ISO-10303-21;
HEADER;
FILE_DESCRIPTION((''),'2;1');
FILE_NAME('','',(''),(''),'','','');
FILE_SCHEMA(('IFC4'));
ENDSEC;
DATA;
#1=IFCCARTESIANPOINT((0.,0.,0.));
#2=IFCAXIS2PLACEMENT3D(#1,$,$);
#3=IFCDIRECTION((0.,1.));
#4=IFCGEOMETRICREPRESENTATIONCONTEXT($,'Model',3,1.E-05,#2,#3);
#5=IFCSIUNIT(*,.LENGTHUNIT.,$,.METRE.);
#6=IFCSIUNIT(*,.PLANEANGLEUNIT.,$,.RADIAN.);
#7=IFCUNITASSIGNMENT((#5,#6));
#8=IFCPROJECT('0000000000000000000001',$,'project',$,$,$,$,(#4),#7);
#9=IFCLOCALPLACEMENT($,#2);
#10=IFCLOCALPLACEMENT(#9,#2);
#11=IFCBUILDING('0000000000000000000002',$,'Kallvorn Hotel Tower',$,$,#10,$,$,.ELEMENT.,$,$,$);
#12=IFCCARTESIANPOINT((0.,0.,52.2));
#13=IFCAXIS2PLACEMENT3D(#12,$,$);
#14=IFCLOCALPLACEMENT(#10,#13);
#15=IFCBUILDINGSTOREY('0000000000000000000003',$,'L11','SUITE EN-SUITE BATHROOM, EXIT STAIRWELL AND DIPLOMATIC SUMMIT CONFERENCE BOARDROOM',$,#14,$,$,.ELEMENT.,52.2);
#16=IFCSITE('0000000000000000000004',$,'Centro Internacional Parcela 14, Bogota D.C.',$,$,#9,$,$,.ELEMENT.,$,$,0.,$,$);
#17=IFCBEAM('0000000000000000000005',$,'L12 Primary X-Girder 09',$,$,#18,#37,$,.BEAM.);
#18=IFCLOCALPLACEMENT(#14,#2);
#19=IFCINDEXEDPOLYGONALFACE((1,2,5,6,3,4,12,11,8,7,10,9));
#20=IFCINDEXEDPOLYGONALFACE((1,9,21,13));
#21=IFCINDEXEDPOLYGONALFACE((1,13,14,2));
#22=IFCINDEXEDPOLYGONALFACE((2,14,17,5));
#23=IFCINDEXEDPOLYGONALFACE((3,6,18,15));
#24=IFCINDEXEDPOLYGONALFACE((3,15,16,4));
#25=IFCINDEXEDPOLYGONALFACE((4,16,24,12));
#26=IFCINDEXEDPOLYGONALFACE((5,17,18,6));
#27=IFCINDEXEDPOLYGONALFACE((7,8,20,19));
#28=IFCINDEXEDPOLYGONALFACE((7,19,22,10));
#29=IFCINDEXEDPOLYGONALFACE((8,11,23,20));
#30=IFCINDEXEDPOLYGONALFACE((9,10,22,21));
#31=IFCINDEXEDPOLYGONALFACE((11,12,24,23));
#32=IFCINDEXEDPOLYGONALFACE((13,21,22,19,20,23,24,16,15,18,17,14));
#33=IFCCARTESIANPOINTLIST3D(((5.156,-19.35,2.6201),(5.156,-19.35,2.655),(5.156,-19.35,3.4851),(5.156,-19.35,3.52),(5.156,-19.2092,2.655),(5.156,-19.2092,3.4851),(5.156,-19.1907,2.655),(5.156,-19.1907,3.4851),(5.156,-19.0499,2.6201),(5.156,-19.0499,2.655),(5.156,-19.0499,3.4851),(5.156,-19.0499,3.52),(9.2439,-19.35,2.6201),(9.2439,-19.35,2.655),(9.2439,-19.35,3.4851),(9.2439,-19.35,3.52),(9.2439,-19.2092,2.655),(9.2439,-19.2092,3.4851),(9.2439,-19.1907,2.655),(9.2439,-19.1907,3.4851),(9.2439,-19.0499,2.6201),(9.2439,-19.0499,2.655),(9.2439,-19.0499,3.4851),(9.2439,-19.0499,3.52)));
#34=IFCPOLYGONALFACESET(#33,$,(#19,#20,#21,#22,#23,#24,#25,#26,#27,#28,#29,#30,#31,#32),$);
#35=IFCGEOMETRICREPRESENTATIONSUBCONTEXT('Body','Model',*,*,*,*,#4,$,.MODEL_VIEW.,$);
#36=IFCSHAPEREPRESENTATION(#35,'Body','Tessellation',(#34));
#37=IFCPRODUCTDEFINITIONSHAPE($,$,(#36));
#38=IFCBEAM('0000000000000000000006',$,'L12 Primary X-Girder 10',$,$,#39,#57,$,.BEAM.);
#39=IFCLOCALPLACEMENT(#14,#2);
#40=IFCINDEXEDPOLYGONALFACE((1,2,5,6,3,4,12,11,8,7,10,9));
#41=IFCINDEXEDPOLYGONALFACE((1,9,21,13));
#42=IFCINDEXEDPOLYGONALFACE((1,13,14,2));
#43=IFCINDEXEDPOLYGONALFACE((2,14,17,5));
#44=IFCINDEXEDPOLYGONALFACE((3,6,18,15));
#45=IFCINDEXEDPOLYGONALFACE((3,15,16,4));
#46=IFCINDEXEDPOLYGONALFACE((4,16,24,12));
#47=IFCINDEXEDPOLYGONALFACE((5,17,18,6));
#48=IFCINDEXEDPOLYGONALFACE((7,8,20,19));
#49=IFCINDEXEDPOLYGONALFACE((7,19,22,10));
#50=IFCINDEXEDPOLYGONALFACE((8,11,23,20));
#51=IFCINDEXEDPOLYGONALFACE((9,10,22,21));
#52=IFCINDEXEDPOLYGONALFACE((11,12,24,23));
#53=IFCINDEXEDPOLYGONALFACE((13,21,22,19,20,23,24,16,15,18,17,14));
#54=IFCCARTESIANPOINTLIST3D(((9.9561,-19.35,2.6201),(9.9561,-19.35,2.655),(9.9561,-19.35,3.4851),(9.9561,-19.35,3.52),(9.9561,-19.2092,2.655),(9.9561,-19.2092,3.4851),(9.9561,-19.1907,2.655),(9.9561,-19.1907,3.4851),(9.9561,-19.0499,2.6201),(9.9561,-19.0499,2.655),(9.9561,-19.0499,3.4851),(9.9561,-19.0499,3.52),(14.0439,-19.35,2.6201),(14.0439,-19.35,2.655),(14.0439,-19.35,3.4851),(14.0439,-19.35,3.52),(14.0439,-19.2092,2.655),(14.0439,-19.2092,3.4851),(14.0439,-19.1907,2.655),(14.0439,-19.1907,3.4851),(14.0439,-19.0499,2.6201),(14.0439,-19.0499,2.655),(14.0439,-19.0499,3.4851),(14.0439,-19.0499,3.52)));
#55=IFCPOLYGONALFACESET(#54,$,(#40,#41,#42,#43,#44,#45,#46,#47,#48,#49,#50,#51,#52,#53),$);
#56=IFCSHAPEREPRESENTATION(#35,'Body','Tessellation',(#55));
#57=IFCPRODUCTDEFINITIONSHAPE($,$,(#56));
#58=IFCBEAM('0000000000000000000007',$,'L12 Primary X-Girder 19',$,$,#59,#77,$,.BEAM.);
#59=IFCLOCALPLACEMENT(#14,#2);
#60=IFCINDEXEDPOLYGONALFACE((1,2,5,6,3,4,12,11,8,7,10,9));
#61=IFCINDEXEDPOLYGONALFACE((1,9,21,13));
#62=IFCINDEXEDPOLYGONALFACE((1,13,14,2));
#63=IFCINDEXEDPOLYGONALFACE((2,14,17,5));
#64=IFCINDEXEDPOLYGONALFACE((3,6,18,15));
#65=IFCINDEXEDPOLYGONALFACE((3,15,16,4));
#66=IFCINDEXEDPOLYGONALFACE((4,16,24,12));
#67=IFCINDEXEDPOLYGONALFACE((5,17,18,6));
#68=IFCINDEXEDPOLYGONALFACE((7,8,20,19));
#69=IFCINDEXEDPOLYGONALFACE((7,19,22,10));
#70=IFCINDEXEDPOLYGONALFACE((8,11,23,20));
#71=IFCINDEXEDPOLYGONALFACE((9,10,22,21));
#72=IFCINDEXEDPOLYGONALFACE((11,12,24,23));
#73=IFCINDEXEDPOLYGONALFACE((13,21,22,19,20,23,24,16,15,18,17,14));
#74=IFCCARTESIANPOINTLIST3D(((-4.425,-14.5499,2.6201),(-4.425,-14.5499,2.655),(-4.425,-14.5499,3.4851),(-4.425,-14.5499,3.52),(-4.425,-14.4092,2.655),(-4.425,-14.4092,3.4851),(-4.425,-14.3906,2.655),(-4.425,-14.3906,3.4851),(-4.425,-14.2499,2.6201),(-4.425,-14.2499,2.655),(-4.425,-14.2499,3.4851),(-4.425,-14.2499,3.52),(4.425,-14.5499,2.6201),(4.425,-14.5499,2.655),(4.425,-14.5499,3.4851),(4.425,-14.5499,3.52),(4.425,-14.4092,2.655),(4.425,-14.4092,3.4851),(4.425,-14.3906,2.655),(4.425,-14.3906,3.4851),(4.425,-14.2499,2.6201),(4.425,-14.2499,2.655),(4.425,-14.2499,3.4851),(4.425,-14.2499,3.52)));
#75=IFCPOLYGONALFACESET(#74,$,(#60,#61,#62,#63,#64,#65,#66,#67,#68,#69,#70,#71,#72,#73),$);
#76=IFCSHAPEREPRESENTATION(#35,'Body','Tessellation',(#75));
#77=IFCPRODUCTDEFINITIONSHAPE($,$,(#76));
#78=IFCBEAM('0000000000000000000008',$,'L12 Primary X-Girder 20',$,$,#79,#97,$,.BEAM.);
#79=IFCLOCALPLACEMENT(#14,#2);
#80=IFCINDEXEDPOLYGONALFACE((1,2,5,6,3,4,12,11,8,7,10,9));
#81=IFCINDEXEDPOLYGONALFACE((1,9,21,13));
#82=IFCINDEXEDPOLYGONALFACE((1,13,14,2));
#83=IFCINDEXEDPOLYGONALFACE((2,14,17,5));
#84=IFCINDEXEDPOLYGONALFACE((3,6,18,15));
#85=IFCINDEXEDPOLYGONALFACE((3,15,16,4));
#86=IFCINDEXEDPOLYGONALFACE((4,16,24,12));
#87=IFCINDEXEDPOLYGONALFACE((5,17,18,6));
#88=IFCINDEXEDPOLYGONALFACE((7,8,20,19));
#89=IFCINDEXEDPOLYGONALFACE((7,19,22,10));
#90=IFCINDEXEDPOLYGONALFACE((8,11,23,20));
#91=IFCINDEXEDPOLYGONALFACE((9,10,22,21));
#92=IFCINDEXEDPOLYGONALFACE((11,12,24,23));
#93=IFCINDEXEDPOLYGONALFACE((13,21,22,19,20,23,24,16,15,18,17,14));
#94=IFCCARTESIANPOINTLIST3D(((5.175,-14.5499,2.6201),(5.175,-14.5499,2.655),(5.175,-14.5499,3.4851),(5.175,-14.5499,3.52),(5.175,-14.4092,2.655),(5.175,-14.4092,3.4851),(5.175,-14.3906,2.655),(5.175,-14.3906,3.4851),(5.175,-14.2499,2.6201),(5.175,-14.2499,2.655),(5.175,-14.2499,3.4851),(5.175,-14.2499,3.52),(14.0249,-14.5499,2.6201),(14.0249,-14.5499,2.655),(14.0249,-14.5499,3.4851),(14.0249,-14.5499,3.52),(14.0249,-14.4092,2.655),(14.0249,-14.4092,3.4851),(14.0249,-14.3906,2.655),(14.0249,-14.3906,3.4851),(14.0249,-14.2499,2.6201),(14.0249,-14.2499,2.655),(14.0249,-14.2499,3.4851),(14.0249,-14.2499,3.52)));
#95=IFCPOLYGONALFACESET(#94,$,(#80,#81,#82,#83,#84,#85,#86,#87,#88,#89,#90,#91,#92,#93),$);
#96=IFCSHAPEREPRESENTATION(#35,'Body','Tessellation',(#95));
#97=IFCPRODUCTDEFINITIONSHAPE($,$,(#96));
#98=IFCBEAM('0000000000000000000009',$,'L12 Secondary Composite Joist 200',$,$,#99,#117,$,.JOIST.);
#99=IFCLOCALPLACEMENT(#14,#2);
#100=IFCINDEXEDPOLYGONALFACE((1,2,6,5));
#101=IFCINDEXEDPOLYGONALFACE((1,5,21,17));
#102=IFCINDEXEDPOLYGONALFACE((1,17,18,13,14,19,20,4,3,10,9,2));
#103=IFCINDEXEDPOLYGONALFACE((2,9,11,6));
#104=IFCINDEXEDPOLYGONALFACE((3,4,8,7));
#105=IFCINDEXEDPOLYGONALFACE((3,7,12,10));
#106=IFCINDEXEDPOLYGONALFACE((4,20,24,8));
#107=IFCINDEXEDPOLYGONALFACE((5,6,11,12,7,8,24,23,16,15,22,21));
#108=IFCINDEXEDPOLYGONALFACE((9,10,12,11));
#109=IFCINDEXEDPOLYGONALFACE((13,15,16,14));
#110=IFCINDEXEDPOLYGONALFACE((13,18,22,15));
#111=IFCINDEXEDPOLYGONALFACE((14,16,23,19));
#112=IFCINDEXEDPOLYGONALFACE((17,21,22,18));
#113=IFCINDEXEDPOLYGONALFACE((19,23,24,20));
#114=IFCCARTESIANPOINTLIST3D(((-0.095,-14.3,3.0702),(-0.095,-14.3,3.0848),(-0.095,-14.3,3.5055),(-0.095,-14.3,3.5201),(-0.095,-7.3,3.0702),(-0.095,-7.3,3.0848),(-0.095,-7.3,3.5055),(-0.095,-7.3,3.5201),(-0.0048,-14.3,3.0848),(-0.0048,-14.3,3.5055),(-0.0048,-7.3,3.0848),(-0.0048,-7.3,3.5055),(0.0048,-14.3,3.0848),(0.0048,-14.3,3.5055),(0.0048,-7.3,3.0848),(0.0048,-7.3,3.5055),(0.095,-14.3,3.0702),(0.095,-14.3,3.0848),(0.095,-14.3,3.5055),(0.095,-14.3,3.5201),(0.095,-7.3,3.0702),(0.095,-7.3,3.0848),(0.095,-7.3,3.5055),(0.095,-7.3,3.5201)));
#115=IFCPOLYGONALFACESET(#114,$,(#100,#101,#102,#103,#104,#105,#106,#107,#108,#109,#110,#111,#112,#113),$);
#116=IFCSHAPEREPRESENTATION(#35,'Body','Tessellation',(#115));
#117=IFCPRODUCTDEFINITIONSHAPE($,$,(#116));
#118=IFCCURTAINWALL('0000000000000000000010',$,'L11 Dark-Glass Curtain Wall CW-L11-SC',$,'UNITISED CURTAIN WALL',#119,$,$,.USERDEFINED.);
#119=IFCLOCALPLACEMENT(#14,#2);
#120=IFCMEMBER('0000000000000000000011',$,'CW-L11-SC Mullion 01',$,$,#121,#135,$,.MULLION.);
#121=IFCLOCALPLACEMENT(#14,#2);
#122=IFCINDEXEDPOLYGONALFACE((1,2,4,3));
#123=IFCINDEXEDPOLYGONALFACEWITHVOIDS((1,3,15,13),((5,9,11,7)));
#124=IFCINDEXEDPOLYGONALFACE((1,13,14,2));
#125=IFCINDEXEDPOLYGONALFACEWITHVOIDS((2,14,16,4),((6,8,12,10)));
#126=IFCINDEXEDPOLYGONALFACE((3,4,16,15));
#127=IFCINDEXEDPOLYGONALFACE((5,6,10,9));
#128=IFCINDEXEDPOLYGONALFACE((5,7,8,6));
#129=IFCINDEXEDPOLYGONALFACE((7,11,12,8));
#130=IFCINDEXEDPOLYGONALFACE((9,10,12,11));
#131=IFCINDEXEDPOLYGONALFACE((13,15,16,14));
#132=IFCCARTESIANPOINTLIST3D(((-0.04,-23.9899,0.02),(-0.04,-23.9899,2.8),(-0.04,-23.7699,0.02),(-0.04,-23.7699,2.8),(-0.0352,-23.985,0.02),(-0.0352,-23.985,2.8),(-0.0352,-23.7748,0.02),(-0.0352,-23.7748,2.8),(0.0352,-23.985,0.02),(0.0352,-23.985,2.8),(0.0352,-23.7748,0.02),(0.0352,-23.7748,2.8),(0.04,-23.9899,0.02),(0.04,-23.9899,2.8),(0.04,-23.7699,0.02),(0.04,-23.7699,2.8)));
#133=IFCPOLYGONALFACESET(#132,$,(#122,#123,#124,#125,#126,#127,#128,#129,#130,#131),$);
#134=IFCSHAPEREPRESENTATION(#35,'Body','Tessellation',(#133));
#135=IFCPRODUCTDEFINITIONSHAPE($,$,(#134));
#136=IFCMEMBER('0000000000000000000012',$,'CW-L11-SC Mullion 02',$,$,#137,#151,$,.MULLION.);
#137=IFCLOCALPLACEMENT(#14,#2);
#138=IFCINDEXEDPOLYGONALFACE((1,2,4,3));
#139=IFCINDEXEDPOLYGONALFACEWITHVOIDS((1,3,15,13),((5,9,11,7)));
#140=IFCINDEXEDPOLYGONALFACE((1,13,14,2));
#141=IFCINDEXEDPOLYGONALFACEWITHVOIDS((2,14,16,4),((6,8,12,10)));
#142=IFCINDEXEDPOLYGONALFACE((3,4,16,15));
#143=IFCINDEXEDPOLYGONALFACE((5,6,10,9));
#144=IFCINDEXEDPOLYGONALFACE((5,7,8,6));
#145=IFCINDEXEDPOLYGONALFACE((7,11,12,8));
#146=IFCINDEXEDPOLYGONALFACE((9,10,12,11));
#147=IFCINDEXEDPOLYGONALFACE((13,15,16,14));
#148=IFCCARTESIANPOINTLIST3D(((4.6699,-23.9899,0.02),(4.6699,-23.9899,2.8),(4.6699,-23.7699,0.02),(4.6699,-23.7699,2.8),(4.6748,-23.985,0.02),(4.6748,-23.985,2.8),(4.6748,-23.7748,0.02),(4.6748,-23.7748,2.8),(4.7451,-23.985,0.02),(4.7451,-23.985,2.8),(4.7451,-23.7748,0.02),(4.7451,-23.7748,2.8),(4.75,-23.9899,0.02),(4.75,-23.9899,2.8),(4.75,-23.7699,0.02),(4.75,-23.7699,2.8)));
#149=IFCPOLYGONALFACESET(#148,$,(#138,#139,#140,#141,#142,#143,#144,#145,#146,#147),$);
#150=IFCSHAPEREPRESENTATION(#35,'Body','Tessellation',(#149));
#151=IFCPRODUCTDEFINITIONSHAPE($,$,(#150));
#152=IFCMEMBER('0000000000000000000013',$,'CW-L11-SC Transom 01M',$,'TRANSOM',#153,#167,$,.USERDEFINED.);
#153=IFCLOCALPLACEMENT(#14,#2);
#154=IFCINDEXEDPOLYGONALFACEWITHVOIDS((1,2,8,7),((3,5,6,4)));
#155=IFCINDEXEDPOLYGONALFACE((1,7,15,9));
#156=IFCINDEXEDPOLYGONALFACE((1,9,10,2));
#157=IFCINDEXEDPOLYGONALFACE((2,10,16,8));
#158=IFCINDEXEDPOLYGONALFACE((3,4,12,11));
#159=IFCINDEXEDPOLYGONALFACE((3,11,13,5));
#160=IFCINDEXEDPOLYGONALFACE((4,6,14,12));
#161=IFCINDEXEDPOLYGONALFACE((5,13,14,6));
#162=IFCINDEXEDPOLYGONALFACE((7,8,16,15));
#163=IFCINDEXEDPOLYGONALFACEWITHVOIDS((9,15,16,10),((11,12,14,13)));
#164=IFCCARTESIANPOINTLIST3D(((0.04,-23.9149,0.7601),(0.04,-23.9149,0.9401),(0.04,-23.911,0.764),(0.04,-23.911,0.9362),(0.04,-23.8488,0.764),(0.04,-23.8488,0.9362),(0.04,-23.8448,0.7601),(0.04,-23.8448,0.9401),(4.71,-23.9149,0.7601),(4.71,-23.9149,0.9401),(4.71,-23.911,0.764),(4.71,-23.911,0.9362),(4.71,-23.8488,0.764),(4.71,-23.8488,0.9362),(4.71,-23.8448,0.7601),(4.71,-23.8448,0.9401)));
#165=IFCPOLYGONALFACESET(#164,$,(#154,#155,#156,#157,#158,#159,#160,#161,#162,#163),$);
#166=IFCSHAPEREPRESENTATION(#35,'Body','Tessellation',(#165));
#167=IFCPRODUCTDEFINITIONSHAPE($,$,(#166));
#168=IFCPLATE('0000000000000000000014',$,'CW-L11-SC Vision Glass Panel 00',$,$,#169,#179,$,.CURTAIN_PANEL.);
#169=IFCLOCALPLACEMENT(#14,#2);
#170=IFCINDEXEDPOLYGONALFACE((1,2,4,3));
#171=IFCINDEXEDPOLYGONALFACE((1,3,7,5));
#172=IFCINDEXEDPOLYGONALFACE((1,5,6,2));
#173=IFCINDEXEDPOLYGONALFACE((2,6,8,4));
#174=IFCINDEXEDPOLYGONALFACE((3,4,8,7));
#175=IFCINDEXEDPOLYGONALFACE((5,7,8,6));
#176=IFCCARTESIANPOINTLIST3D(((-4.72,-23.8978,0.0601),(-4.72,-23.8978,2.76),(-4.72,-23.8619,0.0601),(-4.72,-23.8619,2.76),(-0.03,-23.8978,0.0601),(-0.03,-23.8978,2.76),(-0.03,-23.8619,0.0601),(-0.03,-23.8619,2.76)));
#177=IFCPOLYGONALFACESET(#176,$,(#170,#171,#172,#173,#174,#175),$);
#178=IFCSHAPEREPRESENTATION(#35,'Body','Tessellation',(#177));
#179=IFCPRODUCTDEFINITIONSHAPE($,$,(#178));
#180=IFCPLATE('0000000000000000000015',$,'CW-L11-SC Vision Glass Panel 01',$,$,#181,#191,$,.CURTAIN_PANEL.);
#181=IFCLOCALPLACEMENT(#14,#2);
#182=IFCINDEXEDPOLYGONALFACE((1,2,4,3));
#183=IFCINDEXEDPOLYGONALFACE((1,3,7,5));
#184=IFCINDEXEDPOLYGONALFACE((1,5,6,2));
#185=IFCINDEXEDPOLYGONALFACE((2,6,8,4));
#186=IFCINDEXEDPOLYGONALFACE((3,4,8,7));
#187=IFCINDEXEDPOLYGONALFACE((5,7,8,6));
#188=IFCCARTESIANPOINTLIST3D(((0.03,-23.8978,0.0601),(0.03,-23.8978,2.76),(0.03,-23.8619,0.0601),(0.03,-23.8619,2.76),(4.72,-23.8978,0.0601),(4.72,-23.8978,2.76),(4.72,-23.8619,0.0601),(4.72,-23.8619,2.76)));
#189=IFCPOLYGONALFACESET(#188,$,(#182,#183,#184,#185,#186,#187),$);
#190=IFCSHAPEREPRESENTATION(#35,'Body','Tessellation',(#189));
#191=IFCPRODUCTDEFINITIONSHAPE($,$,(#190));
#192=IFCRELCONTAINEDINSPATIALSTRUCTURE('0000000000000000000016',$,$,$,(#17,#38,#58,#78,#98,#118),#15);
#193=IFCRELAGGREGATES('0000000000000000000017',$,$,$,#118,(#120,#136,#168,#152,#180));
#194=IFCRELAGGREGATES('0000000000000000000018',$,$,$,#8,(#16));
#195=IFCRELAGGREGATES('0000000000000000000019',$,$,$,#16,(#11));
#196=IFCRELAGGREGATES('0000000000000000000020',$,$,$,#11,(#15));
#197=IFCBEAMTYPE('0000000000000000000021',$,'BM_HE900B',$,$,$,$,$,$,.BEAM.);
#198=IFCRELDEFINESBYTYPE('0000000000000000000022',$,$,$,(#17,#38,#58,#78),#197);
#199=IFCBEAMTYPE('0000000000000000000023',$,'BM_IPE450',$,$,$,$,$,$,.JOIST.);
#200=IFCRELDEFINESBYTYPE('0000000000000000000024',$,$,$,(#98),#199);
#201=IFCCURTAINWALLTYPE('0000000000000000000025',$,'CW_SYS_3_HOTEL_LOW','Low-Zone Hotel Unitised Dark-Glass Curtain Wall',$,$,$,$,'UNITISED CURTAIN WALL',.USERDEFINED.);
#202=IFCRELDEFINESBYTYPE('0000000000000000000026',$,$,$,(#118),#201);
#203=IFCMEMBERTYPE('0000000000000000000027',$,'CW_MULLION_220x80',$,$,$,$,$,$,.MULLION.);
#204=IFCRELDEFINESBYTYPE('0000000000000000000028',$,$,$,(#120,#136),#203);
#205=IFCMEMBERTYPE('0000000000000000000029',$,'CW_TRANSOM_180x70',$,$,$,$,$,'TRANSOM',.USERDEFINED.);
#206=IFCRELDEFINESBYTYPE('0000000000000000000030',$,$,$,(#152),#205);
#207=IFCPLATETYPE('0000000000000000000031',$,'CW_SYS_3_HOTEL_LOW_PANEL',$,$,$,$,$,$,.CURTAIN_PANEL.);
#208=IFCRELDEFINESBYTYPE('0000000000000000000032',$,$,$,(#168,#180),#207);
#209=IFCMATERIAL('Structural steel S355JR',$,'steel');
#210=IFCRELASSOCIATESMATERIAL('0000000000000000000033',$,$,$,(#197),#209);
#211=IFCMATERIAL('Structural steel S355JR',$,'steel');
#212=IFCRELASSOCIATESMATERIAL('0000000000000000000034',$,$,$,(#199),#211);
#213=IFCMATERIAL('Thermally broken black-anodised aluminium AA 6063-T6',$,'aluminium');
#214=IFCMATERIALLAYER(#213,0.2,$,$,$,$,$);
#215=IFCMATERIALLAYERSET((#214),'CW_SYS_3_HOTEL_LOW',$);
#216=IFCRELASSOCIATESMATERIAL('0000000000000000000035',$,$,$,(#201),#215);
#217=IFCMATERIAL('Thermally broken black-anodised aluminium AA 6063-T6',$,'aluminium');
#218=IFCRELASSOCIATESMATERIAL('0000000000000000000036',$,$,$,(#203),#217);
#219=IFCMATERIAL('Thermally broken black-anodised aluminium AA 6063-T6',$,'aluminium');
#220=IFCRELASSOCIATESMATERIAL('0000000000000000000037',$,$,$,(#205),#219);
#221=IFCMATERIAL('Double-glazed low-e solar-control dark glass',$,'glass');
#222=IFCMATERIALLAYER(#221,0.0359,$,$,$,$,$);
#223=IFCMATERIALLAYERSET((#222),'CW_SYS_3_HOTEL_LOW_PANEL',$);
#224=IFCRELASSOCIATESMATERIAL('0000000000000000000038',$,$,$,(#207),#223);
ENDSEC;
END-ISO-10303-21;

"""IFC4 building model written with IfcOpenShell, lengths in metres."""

from ifc_helpers import new_model, si_unit, direction, frame, origin, origin_2d, place, context, subcontext, project, spatial, rectangle, hollow_rectangle, i_section, extrude, material, layer, layer_set, material_profile, profile_set, type_object, element, aggregate, save


model = new_model("IFC4")

# Units and contexts
model_context = context("Model", 3, precision=1e-05, world=origin(), true_north=direction((0.0, 1.0)))
body_context = subcontext(model_context, "Body", "Model", "MODEL_VIEW")
ifc_project = project(units=[si_unit("LENGTHUNIT", "METRE"), si_unit("PLANEANGLEUNIT", "RADIAN")], contexts=[model_context])

# Site, building, storey
site_placement = place(None, origin())
site = spatial("IfcSite", under=ifc_project, at=site_placement, Name="Centro Internacional Parcela 14, Bogota D.C.", CompositionType="ELEMENT", RefElevation=0.0)
building_placement = place(site_placement, origin())
building = spatial("IfcBuilding", under=site, at=building_placement, Name="Kallvorn Hotel Tower", CompositionType="ELEMENT")
storey_placement = place(building_placement, frame((0.0, 0.0, 52.2)))
storey = spatial("IfcBuildingStorey", under=building, at=storey_placement, Name="L11", Description="SUITE EN-SUITE BATHROOM, EXIT STAIRWELL AND DIPLOMATIC SUMMIT CONFERENCE BOARDROOM", CompositionType="ELEMENT", Elevation=52.2)

# Beams
ifc_material_1 = material(Name="Structural steel S355JR", Category="steel")
ifc_material_profile_1 = material_profile(ifc_material_1, i_section(OverallWidth=0.3, OverallDepth=0.8999, WebThickness=0.0186, FlangeThickness=0.0349, at=origin_2d()), Name="HE 900 B")
ifc_profile_set_1 = profile_set([ifc_material_profile_1], Name="Structural steel S355JR")
beam_type_1 = type_object("IfcBeamType", Name="BM_HE900B", PredefinedType="BEAM", material=ifc_profile_set_1)
for number, where, z_axis, x_axis, name in (
    (1, (5.156, -19.2, 3.0701), (1.0, 0.0, 0.0), (0.0, 1.0, 0.0), "L12 Primary X-Girder 09"),
    (2, (9.9561, -19.2, 3.0701), (1.0, 0.0, 0.0), (0.0, 1.0, 0.0), "L12 Primary X-Girder 10"),
):
    element("IfcBeam", number, at=place(storey_placement, frame(where, z_axis=z_axis, x_axis=x_axis)), inside=storey, type_object=beam_type_1, Name=name, PredefinedType="BEAM", context=body_context, shape_type="SweptSolid", body=[
        extrude(i_section(OverallWidth=0.3, OverallDepth=0.8999, WebThickness=0.0186, FlangeThickness=0.0349, at=origin_2d()), origin(), (0.0, 0.0, 1.0), 4.0879),
    ])
beam_1_placement = place(storey_placement, frame((-4.425, -14.3999, 3.0701), z_axis=(1.0, 0.0, 0.0), x_axis=(0.0, 1.0, 0.0)))
element("IfcBeam", 3, at=beam_1_placement, inside=storey, type_object=beam_type_1, Name="L12 Primary X-Girder 19", PredefinedType="BEAM", context=body_context, shape_type="SweptSolid", body=[
    extrude(i_section(OverallWidth=0.3, OverallDepth=0.8999, WebThickness=0.0186, FlangeThickness=0.0349, at=origin_2d()), origin(), (0.0, 0.0, 1.0), 8.8501),
])
beam_2_placement = place(storey_placement, frame((5.175, -14.3999, 3.0701), z_axis=(1.0, 0.0, 0.0), x_axis=(0.0, 1.0, 0.0)))
element("IfcBeam", 4, at=beam_2_placement, inside=storey, type_object=beam_type_1, Name="L12 Primary X-Girder 20", PredefinedType="BEAM", context=body_context, shape_type="SweptSolid", body=[
    extrude(i_section(OverallWidth=0.3, OverallDepth=0.8999, WebThickness=0.0186, FlangeThickness=0.0349, at=origin_2d()), origin(), (0.0, 0.0, 1.0), 8.8499),
])
ifc_material_2 = material(Name="Structural steel S355JR", Category="steel")
ifc_material_profile_2 = material_profile(ifc_material_2, i_section(OverallWidth=0.1899, OverallDepth=0.45, WebThickness=0.0095, FlangeThickness=0.0146, at=origin_2d()), Name="IPE 450")
ifc_profile_set_2 = profile_set([ifc_material_profile_2], Name="Structural steel S355JR")
beam_type_2 = type_object("IfcBeamType", Name="BM_IPE450", PredefinedType="JOIST", material=ifc_profile_set_2)
beam_3_placement = place(storey_placement, frame((0.0, -14.3, 3.2952), z_axis=(0.0, 1.0, 0.0), x_axis=(-1.0, 0.0, 0.0)))
element("IfcBeam", 5, at=beam_3_placement, inside=storey, type_object=beam_type_2, Name="L12 Secondary Composite Joist 200", PredefinedType="JOIST", context=body_context, shape_type="SweptSolid", body=[
    extrude(i_section(OverallWidth=0.1899, OverallDepth=0.45, WebThickness=0.0095, FlangeThickness=0.0146, at=origin_2d()), origin(), (0.0, 0.0, 1.0), 7.0),
])

# Curtain wall, members, plates
ifc_material_3 = material(Name="Thermally broken black-anodised aluminium AA 6063-T6", Category="aluminium")
ifc_layer_1 = layer(ifc_material_3, 0.2)
ifc_layer_set_1 = layer_set([ifc_layer_1], Name="CW_SYS_3_HOTEL_LOW")
curtain_wall_type = type_object("IfcCurtainWallType", Name="CW_SYS_3_HOTEL_LOW", Description="Low-Zone Hotel Unitised Dark-Glass Curtain Wall", ElementType="UNITISED CURTAIN WALL", PredefinedType="USERDEFINED", material=ifc_layer_set_1)
curtain_wall_placement = place(storey_placement, origin())
curtain_wall = element("IfcCurtainWall", 6, at=curtain_wall_placement, inside=storey, type_object=curtain_wall_type, Name="L11 Dark-Glass Curtain Wall CW-L11-SC", ObjectType="UNITISED CURTAIN WALL", PredefinedType="USERDEFINED")
ifc_material_4 = material(Name="Thermally broken black-anodised aluminium AA 6063-T6", Category="aluminium")
ifc_material_profile_3 = material_profile(ifc_material_4, hollow_rectangle(XDim=0.0801, YDim=0.22, WallThickness=0.0049, at=origin_2d()), Name="MUL 220x80")
ifc_profile_set_3 = profile_set([ifc_material_profile_3], Name="Thermally broken black-anodised aluminium AA 6063-T6")
member_type_1 = type_object("IfcMemberType", Name="CW_MULLION_220x80", PredefinedType="MULLION", material=ifc_profile_set_3)
member_1_placement = place(storey_placement, frame((0.0, -23.8799, 0.02), z_axis=(0.0, 0.0, 1.0), x_axis=(1.0, 0.0, 0.0)))
member_1 = element("IfcMember", 7, at=member_1_placement, type_object=member_type_1, Name="CW-L11-SC Mullion 01", PredefinedType="MULLION", context=body_context, shape_type="SweptSolid", body=[
    extrude(hollow_rectangle(XDim=0.0801, YDim=0.22, WallThickness=0.0049, at=origin_2d()), origin(), (0.0, 0.0, 1.0), 2.78),
])
member_2_placement = place(storey_placement, frame((4.71, -23.8799, 0.02), z_axis=(0.0, 0.0, 1.0), x_axis=(1.0, 0.0, 0.0)))
member_2 = element("IfcMember", 8, at=member_2_placement, type_object=member_type_1, Name="CW-L11-SC Mullion 02", PredefinedType="MULLION", context=body_context, shape_type="SweptSolid", body=[
    extrude(hollow_rectangle(XDim=0.0801, YDim=0.22, WallThickness=0.0049, at=origin_2d()), origin(), (0.0, 0.0, 1.0), 2.78),
])
ifc_material_5 = material(Name="Thermally broken black-anodised aluminium AA 6063-T6", Category="aluminium")
ifc_material_profile_4 = material_profile(ifc_material_5, hollow_rectangle(XDim=0.0701, YDim=0.1799, WallThickness=0.0039, at=origin_2d()), Name="TRN 180x70")
ifc_profile_set_4 = profile_set([ifc_material_profile_4], Name="Thermally broken black-anodised aluminium AA 6063-T6")
member_type_2 = type_object("IfcMemberType", Name="CW_TRANSOM_180x70", ElementType="TRANSOM", PredefinedType="USERDEFINED", material=ifc_profile_set_4)
member_3_placement = place(storey_placement, frame((0.04, -23.8799, 0.8501), z_axis=(1.0, 0.0, 0.0), x_axis=(0.0, 1.0, 0.0)))
member_3 = element("IfcMember", 9, at=member_3_placement, type_object=member_type_2, Name="CW-L11-SC Transom 01M", ObjectType="TRANSOM", PredefinedType="USERDEFINED", context=body_context, shape_type="SweptSolid", body=[
    extrude(hollow_rectangle(XDim=0.0701, YDim=0.1799, WallThickness=0.0039, at=origin_2d()), origin(), (0.0, 0.0, 1.0), 4.6699),
])
ifc_material_6 = material(Name="Double-glazed low-e solar-control dark glass", Category="glass")
ifc_layer_2 = layer(ifc_material_6, 0.0359)
ifc_layer_set_2 = layer_set([ifc_layer_2], Name="CW_SYS_3_HOTEL_LOW_PANEL")
plate_type = type_object("IfcPlateType", Name="CW_SYS_3_HOTEL_LOW_PANEL", PredefinedType="CURTAIN_PANEL", material=ifc_layer_set_2)
plate_1_placement = place(storey_placement, frame((-2.375, -23.8799, 0.0601), z_axis=(0.0, 0.0, 1.0), x_axis=(1.0, 0.0, 0.0)))
plate_1 = element("IfcPlate", 10, at=plate_1_placement, type_object=plate_type, Name="CW-L11-SC Vision Glass Panel 00", PredefinedType="CURTAIN_PANEL", context=body_context, shape_type="SweptSolid", body=[
    extrude(rectangle(XDim=4.6899, YDim=0.0359, at=origin_2d()), origin(), (0.0, 0.0, 1.0), 2.7),
])
plate_2_placement = place(storey_placement, frame((2.375, -23.8799, 0.0601), z_axis=(0.0, 0.0, 1.0), x_axis=(1.0, 0.0, 0.0)))
plate_2 = element("IfcPlate", 11, at=plate_2_placement, type_object=plate_type, Name="CW-L11-SC Vision Glass Panel 01", PredefinedType="CURTAIN_PANEL", context=body_context, shape_type="SweptSolid", body=[
    extrude(rectangle(XDim=4.6899, YDim=0.0359, at=origin_2d()), origin(), (0.0, 0.0, 1.0), 2.7),
])
aggregate(curtain_wall, [member_1, member_2, plate_1, member_3, plate_2])

save(model, "model.ifc")
